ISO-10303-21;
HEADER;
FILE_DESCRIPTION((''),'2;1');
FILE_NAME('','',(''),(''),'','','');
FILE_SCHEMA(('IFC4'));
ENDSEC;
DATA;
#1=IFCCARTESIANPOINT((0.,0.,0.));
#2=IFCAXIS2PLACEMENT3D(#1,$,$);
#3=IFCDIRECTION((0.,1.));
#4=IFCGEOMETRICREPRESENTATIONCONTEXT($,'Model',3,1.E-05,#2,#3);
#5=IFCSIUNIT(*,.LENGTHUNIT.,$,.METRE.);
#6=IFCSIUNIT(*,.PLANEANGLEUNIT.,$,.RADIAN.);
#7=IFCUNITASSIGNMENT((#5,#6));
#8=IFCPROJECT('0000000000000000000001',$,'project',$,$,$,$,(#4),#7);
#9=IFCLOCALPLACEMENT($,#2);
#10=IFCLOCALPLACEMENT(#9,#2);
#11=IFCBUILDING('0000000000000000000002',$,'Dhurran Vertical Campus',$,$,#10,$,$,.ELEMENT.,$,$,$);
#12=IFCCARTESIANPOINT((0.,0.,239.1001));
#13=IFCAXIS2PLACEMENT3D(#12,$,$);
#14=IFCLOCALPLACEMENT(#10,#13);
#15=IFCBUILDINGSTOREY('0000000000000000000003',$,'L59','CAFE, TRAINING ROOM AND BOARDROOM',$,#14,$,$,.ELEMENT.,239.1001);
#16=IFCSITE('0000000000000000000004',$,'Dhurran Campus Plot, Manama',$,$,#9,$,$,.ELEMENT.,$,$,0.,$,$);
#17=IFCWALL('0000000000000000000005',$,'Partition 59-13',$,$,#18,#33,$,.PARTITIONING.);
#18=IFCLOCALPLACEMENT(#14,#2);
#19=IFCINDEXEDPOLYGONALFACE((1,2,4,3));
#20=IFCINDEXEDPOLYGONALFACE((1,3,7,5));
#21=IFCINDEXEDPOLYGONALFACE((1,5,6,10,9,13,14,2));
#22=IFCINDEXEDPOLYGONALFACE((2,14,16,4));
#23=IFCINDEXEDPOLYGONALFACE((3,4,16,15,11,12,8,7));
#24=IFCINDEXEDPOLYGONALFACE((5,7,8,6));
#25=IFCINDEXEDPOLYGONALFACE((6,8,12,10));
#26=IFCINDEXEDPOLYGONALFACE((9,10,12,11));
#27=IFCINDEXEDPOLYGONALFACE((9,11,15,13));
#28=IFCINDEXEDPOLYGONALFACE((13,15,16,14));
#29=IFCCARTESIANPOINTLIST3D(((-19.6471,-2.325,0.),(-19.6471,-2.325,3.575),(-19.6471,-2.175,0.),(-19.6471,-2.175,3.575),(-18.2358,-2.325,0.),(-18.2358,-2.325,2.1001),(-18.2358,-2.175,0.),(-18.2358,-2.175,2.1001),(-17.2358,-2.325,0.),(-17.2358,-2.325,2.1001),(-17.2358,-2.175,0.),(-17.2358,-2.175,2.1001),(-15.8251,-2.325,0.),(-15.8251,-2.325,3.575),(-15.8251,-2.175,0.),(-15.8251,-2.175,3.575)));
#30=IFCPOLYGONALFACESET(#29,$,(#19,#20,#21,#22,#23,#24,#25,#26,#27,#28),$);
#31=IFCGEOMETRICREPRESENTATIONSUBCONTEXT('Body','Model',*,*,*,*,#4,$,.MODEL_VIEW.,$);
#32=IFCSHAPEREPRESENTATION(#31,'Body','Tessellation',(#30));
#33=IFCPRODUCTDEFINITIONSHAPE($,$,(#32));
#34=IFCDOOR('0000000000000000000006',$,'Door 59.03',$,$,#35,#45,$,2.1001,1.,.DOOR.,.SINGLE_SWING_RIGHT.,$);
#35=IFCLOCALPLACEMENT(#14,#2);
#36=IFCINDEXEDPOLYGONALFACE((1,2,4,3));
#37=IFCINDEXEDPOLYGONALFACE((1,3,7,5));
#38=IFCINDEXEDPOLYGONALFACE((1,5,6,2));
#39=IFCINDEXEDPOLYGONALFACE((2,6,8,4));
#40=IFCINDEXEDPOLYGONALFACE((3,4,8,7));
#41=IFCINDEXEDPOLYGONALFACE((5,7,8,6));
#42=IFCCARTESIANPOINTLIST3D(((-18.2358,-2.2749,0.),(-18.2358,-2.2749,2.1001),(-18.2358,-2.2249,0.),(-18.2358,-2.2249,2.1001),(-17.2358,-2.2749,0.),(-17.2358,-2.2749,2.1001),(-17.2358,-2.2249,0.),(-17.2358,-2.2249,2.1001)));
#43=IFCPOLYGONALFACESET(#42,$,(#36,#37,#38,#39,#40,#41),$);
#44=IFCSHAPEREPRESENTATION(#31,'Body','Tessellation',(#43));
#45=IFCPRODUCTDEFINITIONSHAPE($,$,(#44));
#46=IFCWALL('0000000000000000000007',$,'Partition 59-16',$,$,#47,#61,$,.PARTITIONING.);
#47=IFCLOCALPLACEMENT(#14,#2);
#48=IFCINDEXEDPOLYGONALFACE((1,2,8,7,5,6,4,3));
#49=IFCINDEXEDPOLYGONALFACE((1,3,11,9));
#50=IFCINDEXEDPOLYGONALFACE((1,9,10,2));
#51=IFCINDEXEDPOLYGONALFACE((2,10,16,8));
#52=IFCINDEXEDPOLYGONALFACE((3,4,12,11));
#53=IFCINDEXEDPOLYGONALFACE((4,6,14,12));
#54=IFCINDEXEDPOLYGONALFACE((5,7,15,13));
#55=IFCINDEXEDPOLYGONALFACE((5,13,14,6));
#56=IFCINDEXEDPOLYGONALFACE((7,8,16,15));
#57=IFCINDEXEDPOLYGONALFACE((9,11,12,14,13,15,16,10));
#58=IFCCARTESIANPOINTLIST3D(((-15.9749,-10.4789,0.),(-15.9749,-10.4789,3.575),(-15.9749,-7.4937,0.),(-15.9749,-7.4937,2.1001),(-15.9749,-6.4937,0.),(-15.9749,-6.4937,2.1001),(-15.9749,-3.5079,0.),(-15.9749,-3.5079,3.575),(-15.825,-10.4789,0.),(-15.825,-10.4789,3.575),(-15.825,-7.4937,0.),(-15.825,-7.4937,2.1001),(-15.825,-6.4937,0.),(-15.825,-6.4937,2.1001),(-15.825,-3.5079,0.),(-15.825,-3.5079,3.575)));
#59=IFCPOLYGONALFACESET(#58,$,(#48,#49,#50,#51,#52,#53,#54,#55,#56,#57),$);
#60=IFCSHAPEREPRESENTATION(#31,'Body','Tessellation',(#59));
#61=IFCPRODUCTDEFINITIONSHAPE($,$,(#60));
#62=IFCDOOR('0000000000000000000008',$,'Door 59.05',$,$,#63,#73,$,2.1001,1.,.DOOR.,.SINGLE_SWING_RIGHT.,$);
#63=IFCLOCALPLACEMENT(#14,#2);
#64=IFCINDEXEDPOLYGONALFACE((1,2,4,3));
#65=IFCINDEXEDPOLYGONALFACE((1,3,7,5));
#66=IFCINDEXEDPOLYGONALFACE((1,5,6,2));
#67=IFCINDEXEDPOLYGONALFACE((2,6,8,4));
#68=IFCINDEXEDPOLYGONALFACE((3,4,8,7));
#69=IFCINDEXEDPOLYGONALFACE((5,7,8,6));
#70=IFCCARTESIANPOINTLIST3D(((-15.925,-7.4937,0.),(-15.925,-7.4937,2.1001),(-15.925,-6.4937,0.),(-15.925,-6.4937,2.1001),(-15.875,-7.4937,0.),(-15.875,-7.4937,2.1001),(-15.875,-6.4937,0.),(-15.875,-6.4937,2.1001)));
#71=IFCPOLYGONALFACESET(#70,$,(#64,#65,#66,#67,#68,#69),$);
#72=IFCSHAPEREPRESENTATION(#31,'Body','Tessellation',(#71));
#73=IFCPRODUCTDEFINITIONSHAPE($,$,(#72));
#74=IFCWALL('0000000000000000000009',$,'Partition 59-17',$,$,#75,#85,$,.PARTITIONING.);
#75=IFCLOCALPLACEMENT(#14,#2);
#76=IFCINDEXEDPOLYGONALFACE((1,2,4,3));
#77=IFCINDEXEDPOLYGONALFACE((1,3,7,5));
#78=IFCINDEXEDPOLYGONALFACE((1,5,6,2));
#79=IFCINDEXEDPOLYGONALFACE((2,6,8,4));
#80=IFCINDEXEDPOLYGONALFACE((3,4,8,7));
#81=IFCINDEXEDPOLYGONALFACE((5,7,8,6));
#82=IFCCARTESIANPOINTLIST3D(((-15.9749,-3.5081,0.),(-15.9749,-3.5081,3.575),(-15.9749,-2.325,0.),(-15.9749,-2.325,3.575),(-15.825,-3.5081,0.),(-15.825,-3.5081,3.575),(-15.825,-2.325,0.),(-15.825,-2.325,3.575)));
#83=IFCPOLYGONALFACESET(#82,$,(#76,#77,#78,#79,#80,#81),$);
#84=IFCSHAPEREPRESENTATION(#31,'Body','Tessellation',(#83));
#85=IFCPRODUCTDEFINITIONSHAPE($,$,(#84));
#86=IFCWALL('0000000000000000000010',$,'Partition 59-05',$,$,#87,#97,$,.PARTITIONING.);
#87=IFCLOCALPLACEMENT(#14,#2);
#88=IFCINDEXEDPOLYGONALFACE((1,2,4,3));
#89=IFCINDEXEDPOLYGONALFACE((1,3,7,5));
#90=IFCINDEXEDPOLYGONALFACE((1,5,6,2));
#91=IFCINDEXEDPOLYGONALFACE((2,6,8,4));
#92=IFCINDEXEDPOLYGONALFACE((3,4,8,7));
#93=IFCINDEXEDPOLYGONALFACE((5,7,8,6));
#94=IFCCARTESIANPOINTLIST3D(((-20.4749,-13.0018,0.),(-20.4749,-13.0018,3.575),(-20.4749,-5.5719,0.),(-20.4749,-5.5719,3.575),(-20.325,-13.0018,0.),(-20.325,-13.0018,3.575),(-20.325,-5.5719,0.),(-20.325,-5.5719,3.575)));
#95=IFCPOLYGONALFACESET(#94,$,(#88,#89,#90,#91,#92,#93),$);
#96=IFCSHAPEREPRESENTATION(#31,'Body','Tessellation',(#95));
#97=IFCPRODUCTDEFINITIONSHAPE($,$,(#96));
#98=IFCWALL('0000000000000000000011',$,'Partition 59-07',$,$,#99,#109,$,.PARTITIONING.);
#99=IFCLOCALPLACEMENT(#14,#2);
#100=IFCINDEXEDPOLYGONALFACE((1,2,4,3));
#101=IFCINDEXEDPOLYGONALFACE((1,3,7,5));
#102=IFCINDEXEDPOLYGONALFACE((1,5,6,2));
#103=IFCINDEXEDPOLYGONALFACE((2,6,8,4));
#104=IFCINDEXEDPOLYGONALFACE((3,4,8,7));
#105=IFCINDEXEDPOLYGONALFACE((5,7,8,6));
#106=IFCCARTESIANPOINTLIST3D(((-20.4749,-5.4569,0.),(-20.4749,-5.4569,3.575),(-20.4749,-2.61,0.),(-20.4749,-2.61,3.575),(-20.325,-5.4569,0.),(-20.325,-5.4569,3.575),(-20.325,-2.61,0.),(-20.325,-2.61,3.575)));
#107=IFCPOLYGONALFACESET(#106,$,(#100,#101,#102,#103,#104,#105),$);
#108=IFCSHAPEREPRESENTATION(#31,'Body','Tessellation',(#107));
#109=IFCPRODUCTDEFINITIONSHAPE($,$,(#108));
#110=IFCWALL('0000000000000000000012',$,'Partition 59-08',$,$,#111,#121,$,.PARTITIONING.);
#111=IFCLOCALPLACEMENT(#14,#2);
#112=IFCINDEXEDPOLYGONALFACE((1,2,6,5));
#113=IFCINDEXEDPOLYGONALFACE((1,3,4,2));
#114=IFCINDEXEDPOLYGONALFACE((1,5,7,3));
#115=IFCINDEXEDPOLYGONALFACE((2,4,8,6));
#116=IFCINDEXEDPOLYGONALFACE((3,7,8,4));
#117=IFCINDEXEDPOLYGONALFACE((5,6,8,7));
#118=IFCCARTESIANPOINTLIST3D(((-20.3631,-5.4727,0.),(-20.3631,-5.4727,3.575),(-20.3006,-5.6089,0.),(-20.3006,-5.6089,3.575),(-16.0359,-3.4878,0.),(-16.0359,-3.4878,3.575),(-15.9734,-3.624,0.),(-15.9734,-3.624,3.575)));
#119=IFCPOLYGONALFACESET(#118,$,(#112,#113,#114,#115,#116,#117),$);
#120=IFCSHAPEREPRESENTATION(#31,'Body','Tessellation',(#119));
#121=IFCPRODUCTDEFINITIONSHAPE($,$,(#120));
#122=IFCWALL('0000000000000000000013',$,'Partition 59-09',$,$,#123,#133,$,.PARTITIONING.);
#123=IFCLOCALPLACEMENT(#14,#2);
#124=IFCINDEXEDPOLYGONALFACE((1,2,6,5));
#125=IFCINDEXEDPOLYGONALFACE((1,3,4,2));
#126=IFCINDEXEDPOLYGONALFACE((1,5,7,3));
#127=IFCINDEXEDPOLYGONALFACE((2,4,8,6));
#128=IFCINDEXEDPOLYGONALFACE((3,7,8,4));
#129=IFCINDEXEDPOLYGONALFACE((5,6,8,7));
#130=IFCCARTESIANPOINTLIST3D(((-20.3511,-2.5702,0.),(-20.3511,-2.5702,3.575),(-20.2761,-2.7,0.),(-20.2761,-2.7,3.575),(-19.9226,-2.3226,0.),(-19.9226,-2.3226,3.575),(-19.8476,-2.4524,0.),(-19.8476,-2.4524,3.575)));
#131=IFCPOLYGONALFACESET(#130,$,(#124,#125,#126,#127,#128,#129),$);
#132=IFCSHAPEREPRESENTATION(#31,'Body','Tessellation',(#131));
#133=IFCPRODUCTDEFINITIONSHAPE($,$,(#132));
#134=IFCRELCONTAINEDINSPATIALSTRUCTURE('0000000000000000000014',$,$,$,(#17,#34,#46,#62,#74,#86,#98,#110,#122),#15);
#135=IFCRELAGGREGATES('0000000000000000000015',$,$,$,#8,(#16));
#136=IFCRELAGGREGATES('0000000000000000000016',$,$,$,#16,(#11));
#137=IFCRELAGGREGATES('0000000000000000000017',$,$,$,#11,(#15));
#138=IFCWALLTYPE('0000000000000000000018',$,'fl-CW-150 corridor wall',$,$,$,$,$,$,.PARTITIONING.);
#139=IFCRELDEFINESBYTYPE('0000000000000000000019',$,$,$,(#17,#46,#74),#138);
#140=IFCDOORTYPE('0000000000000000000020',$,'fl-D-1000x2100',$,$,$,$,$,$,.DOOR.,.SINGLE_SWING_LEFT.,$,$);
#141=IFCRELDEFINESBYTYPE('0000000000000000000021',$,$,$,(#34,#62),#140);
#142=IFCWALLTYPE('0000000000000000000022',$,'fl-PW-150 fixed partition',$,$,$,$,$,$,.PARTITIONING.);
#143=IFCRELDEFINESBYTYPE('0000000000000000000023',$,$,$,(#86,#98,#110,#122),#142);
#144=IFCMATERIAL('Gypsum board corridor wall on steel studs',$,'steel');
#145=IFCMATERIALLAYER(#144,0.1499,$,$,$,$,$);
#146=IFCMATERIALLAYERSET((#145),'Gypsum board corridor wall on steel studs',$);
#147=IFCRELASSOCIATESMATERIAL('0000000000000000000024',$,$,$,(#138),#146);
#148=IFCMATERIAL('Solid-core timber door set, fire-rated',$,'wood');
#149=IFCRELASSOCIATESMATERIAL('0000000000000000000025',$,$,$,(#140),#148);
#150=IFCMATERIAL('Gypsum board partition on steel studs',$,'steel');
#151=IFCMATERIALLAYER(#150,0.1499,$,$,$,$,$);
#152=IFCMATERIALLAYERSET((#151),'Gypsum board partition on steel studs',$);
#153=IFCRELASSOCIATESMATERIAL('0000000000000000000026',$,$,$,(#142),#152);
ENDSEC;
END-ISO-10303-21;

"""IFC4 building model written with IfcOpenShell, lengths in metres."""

from ifc_helpers import new_model, si_unit, direction, frame, frame_2d, origin, place, context, subcontext, project, spatial, rectangle, extrude, material, layer, layer_set, type_object, element, fill, save


model = new_model("IFC4")

# Units and contexts
model_context = context("Model", 3, precision=1e-05, world=origin(), true_north=direction((0.0, 1.0)))
body_context = subcontext(model_context, "Body", "Model", "MODEL_VIEW")
ifc_project = project(units=[si_unit("LENGTHUNIT", "METRE"), si_unit("PLANEANGLEUNIT", "RADIAN")], contexts=[model_context])

# Site, building, storey
site_placement = place(None, origin())
site = spatial("IfcSite", under=ifc_project, at=site_placement, Name="Dhurran Campus Plot, Manama", CompositionType="ELEMENT", RefElevation=0.0)
building_placement = place(site_placement, origin())
building = spatial("IfcBuilding", under=site, at=building_placement, Name="Dhurran Vertical Campus", CompositionType="ELEMENT")
storey_placement = place(building_placement, frame((0.0, 0.0, 239.1001)))
storey = spatial("IfcBuildingStorey", under=building, at=storey_placement, Name="L59", Description="CAFE, TRAINING ROOM AND BOARDROOM", CompositionType="ELEMENT", Elevation=239.1001)

# Walls, openings, doors
ifc_material_1 = material(Name="Gypsum board corridor wall on steel studs", Category="steel")
ifc_layer_1 = layer(ifc_material_1, 0.1499)
ifc_layer_set_1 = layer_set([ifc_layer_1], Name="Gypsum board corridor wall on steel studs")
wall_type_1 = type_object("IfcWallType", Name="fl-CW-150 corridor wall", PredefinedType="PARTITIONING", material=ifc_layer_set_1)
ifc_material_2 = material(Name="Solid-core timber door set, fire-rated", Category="wood")
door_type_1 = type_object("IfcDoorType", Name="fl-D-1000x2100", OperationType="SINGLE_SWING_LEFT", PredefinedType="DOOR", material=ifc_material_2)
wall_1_placement = place(storey_placement, frame((-15.825, -2.25, 0.0), z_axis=(0.0, 0.0, 1.0), x_axis=(-1.0, 0.0, 0.0)))
wall_1 = element("IfcWall", 1, at=wall_1_placement, inside=storey, type_object=wall_type_1, Name="Partition 59-13", PredefinedType="PARTITIONING", context=body_context, shape_type="SweptSolid", body=[
    extrude(rectangle(XDim=3.822, YDim=0.1499, at=frame_2d((1.9111, 0.0))), origin(), (0.0, 0.0, 1.0), 3.575),
])
opening_1_placement = place(wall_1_placement, frame((1.4109, 0.0, 0.0)))
opening_1 = element("IfcOpeningElement", 2, at=opening_1_placement, cuts=wall_1, PredefinedType="OPENING", context=body_context, shape_type="SweptSolid", body=[
    extrude(rectangle(XDim=1.0, YDim=2.1001, at=frame_2d((0.5, 1.05))), frame((0.0, 0.085, 0.0), z_axis=(0.0, -1.0, 0.0), x_axis=(1.0, 0.0, 0.0)), (0.0, 0.0, 1.0), 0.1699),
])
door_1_placement = place(opening_1_placement, origin())
door_1 = element("IfcDoor", 3, at=door_1_placement, inside=storey, type_object=door_type_1, Name="Door 59.03", OperationType="SINGLE_SWING_RIGHT", OverallHeight=2.1001, OverallWidth=1.0, PredefinedType="DOOR", context=body_context, shape_type="SweptSolid", body=[
    extrude(rectangle(XDim=1.0, YDim=2.1001, at=frame_2d((0.5, 1.05))), frame((0.0, 0.0249, 0.0), z_axis=(0.0, -1.0, 0.0), x_axis=(1.0, 0.0, 0.0)), (0.0, 0.0, 1.0), 0.05),
])
fill(opening_1, door_1)
wall_2_placement = place(storey_placement, frame((-15.8999, -3.5081, 0.0), z_axis=(0.0, 0.0, 1.0), x_axis=(0.0, -1.0, 0.0)))
wall_2 = element("IfcWall", 4, at=wall_2_placement, inside=storey, type_object=wall_type_1, Name="Partition 59-16", PredefinedType="PARTITIONING", context=body_context, shape_type="SweptSolid", body=[
    extrude(rectangle(XDim=6.9709, YDim=0.1499, at=frame_2d((3.4854, 0.0))), origin(), (0.0, 0.0, 1.0), 3.575),
])
opening_2_placement = place(wall_2_placement, frame((2.9856, 0.0, 0.0)))
opening_2 = element("IfcOpeningElement", 5, at=opening_2_placement, cuts=wall_2, PredefinedType="OPENING", context=body_context, shape_type="SweptSolid", body=[
    extrude(rectangle(XDim=1.0, YDim=2.1001, at=frame_2d((0.5, 1.05))), frame((0.0, 0.085, 0.0), z_axis=(0.0, -1.0, 0.0), x_axis=(1.0, 0.0, 0.0)), (0.0, 0.0, 1.0), 0.1699),
])
door_2_placement = place(opening_2_placement, origin())
door_2 = element("IfcDoor", 6, at=door_2_placement, inside=storey, type_object=door_type_1, Name="Door 59.05", OperationType="SINGLE_SWING_RIGHT", OverallHeight=2.1001, OverallWidth=1.0, PredefinedType="DOOR", context=body_context, shape_type="SweptSolid", body=[
    extrude(rectangle(XDim=1.0, YDim=2.1001, at=frame_2d((0.5, 1.05))), frame((0.0, 0.0249, 0.0), z_axis=(0.0, -1.0, 0.0), x_axis=(1.0, 0.0, 0.0)), (0.0, 0.0, 1.0), 0.05),
])
fill(opening_2, door_2)

# Walls
wall_3_placement = place(storey_placement, frame((-15.8999, -2.325, 0.0), z_axis=(0.0, 0.0, 1.0), x_axis=(0.0, -1.0, 0.0)))
element("IfcWall", 7, at=wall_3_placement, inside=storey, type_object=wall_type_1, Name="Partition 59-17", PredefinedType="PARTITIONING", context=body_context, shape_type="SweptSolid", body=[
    extrude(rectangle(XDim=1.1831, YDim=0.1499, at=frame_2d((0.5916, 0.0))), origin(), (0.0, 0.0, 1.0), 3.575),
])
ifc_material_3 = material(Name="Gypsum board partition on steel studs", Category="steel")
ifc_layer_2 = layer(ifc_material_3, 0.1499)
ifc_layer_set_2 = layer_set([ifc_layer_2], Name="Gypsum board partition on steel studs")
wall_type_2 = type_object("IfcWallType", Name="fl-PW-150 fixed partition", PredefinedType="PARTITIONING", material=ifc_layer_set_2)
wall_4_placement = place(storey_placement, frame((-20.3999, -5.572, 0.0), z_axis=(0.0, 0.0, 1.0), x_axis=(0.0, -1.0, 0.0)))
element("IfcWall", 8, at=wall_4_placement, inside=storey, type_object=wall_type_2, Name="Partition 59-05", PredefinedType="PARTITIONING", context=body_context, shape_type="SweptSolid", body=[
    extrude(rectangle(XDim=7.4299, YDim=0.1499, at=frame_2d((3.7148, 0.0))), origin(), (0.0, 0.0, 1.0), 3.575),
])
wall_5_placement = place(storey_placement, frame((-20.3999, -2.6101, 0.0), z_axis=(0.0, 0.0, 1.0), x_axis=(0.0, -1.0, 0.0)))
element("IfcWall", 9, at=wall_5_placement, inside=storey, type_object=wall_type_2, Name="Partition 59-07", PredefinedType="PARTITIONING", context=body_context, shape_type="SweptSolid", body=[
    extrude(rectangle(XDim=2.8469, YDim=0.1499, at=frame_2d((1.4233, 0.0))), origin(), (0.0, 0.0, 1.0), 3.575),
])
wall_6_placement = place(storey_placement, frame((-16.0046, -3.5559, 0.0), z_axis=(0.0, 0.0, 1.0), x_axis=(-0.908939, -0.41693, 0.0)))
element("IfcWall", 10, at=wall_6_placement, inside=storey, type_object=wall_type_2, Name="Partition 59-08", PredefinedType="PARTITIONING", context=body_context, shape_type="SweptSolid", body=[
    extrude(rectangle(XDim=4.7607, YDim=0.1499, at=frame_2d((2.3804, 0.0))), origin(), (0.0, 0.0, 1.0), 3.575),
])
wall_7_placement = place(storey_placement, frame((-19.885, -2.3875, 0.0), z_axis=(0.0, 0.0, 1.0), x_axis=(-0.865865, -0.500278, 0.0)))
element("IfcWall", 11, at=wall_7_placement, inside=storey, type_object=wall_type_2, Name="Partition 59-09", PredefinedType="PARTITIONING", context=body_context, shape_type="SweptSolid", body=[
    extrude(rectangle(XDim=0.4949, YDim=0.1499, at=frame_2d((0.2476, 0.0))), origin(), (0.0, 0.0, 1.0), 3.575),
])

save(model, "model.ifc")
